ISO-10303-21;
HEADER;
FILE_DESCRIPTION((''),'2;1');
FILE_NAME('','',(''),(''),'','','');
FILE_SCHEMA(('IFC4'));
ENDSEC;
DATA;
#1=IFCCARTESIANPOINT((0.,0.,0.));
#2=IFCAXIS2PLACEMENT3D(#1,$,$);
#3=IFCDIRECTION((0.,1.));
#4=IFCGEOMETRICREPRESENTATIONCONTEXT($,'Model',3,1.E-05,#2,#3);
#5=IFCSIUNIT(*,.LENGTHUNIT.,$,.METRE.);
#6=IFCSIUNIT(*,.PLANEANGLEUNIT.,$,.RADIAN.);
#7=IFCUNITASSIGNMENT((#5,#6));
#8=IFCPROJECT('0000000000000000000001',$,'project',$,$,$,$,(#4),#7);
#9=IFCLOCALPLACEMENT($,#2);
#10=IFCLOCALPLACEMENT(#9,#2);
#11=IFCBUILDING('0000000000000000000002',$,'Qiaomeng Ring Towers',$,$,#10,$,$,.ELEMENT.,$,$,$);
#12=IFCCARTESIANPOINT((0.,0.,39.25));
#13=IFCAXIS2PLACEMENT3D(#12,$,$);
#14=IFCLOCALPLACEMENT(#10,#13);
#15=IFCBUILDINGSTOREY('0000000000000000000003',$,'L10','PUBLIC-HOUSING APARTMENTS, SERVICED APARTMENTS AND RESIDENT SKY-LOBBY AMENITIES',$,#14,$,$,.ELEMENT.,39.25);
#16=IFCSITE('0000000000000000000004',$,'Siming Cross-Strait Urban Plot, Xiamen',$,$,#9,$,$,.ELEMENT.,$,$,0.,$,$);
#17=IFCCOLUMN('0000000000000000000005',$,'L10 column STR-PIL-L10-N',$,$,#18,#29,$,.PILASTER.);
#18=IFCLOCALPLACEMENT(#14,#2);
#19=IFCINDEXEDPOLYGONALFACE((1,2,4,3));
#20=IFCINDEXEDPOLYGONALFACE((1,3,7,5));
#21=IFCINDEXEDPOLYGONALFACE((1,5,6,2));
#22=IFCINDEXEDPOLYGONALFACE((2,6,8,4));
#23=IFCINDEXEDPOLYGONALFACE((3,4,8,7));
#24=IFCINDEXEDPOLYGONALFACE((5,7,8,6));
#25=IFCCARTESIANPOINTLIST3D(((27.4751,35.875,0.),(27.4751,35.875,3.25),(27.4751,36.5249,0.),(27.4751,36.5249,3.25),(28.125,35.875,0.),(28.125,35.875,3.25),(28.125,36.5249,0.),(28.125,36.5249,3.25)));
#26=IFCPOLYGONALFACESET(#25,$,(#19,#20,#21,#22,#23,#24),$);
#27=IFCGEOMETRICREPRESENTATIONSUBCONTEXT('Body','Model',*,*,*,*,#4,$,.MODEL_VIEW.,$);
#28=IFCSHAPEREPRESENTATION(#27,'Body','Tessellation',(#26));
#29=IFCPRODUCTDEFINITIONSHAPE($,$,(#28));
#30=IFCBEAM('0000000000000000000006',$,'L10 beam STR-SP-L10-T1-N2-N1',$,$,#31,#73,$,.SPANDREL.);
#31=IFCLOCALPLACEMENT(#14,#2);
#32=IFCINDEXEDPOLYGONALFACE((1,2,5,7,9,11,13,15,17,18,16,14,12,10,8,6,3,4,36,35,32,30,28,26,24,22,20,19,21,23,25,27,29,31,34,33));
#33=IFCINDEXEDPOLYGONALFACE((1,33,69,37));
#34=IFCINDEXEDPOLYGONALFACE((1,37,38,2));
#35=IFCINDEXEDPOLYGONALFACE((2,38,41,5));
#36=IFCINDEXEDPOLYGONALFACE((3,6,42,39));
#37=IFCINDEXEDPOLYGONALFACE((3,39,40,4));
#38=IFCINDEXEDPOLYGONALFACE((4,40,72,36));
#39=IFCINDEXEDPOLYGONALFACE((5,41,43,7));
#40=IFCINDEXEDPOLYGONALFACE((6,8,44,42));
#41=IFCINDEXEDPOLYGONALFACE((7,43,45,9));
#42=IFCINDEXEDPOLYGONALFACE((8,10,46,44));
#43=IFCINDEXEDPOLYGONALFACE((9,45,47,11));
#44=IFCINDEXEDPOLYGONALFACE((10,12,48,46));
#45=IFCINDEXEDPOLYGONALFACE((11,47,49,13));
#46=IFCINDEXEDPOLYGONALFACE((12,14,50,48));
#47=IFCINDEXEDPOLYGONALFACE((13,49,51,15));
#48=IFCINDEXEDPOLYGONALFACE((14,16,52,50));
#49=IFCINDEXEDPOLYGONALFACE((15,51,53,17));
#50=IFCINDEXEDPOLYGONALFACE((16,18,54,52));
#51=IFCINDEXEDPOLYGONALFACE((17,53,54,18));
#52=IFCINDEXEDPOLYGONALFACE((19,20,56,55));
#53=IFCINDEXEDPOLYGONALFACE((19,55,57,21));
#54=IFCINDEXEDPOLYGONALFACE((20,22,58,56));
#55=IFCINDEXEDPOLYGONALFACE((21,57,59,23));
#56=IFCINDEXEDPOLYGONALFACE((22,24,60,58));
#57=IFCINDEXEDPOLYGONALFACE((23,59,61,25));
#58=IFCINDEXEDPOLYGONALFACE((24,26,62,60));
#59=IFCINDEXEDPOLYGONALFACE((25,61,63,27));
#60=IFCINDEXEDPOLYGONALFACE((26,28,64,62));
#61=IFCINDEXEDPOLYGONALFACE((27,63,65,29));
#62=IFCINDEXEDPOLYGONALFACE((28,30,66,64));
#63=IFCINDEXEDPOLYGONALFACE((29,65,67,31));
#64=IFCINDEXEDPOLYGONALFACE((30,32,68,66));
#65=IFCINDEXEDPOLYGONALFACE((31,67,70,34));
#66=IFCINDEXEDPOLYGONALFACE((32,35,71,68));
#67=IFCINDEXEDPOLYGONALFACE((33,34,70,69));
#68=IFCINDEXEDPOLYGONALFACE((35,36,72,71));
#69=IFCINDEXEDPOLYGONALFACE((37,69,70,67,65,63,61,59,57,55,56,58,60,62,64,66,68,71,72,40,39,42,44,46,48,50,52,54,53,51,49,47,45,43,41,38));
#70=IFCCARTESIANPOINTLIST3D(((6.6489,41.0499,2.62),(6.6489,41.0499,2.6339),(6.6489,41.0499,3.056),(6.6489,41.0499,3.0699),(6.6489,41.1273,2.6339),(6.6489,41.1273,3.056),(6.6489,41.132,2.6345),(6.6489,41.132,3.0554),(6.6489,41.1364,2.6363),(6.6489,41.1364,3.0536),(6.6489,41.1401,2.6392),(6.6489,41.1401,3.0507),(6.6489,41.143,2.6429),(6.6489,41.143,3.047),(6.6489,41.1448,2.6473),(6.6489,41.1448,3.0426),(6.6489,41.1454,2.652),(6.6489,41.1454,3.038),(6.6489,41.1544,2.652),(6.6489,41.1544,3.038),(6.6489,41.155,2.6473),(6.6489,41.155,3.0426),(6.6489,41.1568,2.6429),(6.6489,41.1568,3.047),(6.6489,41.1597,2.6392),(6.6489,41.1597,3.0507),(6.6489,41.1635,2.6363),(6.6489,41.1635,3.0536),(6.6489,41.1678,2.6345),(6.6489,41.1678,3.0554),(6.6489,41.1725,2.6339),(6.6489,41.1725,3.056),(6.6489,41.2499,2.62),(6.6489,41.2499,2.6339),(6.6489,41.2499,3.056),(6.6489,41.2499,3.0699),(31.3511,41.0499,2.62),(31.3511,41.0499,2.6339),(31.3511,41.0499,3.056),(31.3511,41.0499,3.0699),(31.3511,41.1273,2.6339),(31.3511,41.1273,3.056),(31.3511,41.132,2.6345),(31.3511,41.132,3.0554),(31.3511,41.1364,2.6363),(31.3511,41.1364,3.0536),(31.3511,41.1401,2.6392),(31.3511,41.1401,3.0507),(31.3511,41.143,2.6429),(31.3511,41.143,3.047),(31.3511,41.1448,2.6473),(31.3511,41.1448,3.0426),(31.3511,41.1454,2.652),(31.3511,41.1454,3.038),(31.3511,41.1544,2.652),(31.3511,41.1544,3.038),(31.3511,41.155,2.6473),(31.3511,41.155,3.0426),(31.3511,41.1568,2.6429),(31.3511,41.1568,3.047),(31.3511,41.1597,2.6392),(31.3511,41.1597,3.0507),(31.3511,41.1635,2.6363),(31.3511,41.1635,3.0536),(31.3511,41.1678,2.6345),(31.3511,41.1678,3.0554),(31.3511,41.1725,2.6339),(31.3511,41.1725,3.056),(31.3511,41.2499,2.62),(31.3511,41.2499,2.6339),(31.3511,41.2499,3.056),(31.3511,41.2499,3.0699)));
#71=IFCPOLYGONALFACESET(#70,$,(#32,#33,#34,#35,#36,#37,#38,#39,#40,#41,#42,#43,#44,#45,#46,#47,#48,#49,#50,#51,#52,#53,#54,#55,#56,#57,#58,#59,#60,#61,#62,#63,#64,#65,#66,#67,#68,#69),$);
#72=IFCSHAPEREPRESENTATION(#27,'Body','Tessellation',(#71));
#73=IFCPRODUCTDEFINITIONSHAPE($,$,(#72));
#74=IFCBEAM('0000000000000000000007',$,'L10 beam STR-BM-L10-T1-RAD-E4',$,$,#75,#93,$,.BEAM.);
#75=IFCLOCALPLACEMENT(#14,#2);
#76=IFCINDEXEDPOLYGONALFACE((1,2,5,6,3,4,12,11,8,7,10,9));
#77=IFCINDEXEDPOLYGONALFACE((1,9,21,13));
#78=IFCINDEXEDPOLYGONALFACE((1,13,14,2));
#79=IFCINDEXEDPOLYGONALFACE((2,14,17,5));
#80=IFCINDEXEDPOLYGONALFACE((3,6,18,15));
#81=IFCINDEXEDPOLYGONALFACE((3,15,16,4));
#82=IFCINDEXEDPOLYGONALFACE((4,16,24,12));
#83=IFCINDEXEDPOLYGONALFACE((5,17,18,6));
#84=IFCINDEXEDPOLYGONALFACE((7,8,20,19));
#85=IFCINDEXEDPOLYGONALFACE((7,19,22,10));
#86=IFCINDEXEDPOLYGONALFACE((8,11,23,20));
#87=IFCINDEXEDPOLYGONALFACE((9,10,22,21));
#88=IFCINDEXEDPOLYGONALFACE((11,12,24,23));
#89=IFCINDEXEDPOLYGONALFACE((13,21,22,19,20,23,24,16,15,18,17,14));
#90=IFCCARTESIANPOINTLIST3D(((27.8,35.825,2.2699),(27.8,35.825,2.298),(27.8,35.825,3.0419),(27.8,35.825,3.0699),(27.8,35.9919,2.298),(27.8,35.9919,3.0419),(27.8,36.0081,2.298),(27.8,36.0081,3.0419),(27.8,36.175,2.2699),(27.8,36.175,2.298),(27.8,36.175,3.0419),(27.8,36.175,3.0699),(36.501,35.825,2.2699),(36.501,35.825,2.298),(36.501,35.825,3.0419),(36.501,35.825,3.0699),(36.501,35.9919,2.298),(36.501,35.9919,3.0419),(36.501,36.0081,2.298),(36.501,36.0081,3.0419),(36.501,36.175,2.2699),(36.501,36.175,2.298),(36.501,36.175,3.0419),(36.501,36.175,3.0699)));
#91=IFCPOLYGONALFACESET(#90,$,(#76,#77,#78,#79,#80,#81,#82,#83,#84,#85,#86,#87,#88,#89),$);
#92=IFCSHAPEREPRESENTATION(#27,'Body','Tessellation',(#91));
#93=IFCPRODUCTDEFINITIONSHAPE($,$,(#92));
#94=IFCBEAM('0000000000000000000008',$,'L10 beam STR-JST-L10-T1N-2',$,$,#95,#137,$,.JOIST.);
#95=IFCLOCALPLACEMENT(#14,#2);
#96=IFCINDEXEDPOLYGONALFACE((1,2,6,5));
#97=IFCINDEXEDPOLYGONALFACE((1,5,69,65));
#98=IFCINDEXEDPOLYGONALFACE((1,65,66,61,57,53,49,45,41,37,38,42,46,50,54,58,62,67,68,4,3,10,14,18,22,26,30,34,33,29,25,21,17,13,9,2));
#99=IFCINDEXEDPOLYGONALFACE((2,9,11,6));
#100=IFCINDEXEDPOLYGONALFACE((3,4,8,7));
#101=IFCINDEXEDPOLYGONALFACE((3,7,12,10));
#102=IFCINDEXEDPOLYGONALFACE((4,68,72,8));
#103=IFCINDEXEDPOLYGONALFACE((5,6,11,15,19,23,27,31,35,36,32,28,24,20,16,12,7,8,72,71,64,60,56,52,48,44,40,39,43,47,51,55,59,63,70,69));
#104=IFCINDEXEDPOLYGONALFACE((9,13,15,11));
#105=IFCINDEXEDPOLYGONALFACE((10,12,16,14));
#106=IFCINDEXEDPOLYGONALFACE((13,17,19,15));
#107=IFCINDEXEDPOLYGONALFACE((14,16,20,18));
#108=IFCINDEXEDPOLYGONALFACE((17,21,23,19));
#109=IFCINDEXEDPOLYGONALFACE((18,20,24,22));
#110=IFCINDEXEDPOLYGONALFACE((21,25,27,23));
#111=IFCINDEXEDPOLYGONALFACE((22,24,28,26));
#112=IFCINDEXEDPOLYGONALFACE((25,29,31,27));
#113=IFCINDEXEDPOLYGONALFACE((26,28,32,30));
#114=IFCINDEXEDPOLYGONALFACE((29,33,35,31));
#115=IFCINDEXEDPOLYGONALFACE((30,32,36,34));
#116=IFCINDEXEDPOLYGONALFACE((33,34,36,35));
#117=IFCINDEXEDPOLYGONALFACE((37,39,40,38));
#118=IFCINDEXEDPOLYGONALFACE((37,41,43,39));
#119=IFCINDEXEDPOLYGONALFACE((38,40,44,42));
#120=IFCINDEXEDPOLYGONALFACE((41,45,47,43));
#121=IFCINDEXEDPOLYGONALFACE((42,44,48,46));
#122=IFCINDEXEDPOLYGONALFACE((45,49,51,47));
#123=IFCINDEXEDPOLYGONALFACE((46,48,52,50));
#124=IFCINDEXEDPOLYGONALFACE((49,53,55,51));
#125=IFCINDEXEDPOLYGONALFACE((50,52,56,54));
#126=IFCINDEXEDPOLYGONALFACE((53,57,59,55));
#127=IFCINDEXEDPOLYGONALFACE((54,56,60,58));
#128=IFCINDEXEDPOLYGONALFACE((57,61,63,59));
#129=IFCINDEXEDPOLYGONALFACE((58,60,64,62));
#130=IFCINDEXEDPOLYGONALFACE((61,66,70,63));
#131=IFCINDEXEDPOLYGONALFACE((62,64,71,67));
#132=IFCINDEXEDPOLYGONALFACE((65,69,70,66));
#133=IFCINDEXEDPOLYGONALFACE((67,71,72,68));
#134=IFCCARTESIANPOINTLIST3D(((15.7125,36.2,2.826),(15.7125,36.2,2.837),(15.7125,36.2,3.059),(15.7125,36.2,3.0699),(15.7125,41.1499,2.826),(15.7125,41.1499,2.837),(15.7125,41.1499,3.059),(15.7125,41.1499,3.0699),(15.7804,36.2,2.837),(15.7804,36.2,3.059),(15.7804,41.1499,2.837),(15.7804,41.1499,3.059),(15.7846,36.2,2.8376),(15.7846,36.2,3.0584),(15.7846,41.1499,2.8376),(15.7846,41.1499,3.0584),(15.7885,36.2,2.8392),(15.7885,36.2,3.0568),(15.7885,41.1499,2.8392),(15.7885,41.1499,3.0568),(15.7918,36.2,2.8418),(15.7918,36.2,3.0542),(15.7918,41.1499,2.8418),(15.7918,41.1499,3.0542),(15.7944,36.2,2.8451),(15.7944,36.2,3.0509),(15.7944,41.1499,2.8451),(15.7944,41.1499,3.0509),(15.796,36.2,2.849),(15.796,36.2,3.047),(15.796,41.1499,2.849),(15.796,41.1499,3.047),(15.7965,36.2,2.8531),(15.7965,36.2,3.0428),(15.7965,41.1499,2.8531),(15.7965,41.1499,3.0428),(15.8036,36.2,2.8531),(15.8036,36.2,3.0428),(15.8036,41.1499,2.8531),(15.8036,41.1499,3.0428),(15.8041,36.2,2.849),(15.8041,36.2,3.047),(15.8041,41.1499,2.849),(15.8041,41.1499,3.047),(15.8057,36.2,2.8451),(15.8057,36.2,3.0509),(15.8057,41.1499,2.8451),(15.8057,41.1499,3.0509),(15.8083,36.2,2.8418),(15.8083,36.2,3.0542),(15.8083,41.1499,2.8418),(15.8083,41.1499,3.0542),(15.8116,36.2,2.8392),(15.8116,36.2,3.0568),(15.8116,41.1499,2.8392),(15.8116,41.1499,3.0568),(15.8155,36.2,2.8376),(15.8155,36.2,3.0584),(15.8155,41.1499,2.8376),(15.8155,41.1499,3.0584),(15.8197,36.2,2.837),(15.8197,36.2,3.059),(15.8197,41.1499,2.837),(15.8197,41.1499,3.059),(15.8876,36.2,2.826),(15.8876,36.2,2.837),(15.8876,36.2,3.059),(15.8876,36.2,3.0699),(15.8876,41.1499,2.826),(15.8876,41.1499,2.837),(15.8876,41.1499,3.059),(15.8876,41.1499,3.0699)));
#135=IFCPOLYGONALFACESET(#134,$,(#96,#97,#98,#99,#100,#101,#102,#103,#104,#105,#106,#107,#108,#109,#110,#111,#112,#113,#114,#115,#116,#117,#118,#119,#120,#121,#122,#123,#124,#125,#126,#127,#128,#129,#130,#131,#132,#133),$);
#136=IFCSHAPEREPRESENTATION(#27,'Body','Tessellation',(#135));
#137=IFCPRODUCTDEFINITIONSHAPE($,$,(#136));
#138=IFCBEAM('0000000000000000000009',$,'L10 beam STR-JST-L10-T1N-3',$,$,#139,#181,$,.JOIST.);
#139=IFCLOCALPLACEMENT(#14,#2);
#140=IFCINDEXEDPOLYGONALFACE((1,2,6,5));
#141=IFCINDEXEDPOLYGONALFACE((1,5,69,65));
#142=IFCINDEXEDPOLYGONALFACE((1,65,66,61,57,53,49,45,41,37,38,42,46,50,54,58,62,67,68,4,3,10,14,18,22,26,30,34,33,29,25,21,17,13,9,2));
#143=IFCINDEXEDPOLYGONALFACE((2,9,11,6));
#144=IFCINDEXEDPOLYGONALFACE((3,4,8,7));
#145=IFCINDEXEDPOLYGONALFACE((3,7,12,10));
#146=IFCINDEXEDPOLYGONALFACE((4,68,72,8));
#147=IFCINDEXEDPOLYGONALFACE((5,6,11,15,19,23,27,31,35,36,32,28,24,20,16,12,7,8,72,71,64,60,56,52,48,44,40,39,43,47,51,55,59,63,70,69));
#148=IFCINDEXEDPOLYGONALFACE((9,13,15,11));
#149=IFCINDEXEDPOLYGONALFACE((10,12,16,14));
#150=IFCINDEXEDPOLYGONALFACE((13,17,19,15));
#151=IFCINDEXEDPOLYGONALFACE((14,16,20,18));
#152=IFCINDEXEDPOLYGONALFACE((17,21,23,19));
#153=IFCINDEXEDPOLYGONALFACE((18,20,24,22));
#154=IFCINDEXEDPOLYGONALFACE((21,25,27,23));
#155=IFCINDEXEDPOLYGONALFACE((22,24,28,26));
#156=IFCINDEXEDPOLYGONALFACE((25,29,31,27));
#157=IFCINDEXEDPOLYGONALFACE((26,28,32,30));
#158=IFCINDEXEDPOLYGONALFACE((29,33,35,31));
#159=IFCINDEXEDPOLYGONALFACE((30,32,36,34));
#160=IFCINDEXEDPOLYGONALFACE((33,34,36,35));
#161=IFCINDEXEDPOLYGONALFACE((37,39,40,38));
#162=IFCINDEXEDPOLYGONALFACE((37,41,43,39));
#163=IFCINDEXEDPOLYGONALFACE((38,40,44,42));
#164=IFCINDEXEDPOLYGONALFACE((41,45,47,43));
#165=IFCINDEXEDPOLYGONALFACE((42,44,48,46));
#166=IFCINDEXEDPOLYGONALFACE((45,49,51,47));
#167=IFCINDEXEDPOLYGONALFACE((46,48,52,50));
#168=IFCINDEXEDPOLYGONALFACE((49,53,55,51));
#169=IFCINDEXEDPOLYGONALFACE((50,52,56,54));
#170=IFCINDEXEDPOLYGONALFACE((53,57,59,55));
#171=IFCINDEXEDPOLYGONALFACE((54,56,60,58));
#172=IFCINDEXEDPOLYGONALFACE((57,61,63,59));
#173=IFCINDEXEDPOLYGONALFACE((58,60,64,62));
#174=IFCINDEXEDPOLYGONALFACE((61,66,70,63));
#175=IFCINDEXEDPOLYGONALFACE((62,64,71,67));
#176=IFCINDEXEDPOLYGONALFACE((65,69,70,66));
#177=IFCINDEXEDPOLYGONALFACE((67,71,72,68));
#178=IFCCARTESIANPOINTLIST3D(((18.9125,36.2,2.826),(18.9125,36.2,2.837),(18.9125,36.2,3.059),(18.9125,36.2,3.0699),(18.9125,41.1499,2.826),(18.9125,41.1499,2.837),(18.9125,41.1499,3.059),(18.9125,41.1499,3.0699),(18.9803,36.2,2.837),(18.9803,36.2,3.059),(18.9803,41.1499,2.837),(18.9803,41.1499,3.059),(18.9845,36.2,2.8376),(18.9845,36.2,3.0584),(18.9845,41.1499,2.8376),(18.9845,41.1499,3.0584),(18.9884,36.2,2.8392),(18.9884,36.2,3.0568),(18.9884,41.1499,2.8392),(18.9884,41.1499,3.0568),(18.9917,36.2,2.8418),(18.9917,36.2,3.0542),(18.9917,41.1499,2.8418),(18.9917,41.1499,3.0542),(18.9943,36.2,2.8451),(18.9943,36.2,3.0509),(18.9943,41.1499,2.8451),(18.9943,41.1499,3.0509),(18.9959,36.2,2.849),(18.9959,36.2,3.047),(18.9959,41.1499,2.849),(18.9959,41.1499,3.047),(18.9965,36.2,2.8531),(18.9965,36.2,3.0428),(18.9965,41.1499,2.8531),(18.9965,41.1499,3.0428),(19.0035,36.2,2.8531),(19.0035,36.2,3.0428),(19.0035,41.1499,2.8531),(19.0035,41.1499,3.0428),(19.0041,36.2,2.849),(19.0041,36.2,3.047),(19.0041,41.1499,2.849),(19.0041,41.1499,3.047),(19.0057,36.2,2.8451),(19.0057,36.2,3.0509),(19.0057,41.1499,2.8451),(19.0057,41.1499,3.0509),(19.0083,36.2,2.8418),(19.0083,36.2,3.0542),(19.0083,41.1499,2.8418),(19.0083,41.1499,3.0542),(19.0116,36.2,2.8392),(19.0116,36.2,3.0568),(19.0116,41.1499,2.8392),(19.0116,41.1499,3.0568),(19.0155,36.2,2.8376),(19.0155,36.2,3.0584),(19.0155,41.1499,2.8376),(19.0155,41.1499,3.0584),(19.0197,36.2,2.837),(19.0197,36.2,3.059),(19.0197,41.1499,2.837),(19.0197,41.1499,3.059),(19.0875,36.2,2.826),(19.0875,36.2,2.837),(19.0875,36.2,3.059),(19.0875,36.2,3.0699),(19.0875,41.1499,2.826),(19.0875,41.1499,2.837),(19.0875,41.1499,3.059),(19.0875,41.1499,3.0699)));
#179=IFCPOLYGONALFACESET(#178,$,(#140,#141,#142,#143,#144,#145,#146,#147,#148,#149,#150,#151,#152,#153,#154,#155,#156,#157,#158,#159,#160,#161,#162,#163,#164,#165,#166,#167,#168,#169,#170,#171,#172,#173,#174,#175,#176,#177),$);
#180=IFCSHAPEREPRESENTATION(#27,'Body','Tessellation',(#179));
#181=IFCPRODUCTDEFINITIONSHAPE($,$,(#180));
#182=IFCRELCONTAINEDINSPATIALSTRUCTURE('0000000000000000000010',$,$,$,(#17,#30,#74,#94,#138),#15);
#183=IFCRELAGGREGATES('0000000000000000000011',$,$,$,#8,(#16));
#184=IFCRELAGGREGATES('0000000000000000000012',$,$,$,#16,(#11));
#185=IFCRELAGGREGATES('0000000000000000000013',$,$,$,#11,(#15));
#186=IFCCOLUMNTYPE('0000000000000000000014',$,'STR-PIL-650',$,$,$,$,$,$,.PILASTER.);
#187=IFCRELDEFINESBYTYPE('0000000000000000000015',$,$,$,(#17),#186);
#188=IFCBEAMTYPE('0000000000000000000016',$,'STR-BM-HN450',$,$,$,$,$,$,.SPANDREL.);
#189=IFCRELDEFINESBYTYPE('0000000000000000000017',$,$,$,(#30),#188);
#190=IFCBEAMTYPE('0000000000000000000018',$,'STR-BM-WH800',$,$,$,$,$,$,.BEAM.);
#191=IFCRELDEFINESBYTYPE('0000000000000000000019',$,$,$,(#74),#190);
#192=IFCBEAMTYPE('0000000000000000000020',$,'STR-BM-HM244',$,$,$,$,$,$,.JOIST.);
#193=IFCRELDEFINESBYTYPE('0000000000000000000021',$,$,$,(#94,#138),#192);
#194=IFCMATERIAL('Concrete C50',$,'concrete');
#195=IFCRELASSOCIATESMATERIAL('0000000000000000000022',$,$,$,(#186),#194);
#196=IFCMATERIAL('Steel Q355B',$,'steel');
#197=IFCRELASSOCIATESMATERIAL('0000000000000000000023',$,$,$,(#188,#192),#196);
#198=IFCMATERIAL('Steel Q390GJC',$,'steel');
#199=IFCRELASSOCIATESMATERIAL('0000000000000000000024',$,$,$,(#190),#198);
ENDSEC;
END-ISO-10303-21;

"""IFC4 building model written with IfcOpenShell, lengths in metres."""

from ifc_helpers import new_model, si_unit, direction, frame, origin, origin_2d, place, context, subcontext, project, spatial, rectangle, i_section, extrude, source, transform, mapped, material, material_profile, profile_set, type_object, element, save


model = new_model("IFC4")

# Units and contexts
model_context = context("Model", 3, precision=1e-05, world=origin(), true_north=direction((0.0, 1.0)))
body_context = subcontext(model_context, "Body", "Model", "MODEL_VIEW")
ifc_project = project(units=[si_unit("LENGTHUNIT", "METRE"), si_unit("PLANEANGLEUNIT", "RADIAN")], contexts=[model_context])

# Site, building, storey
site_placement = place(None, origin())
site = spatial("IfcSite", under=ifc_project, at=site_placement, Name="Siming Cross-Strait Urban Plot, Xiamen", CompositionType="ELEMENT", RefElevation=0.0)
building_placement = place(site_placement, origin())
building = spatial("IfcBuilding", under=site, at=building_placement, Name="Qiaomeng Ring Towers", CompositionType="ELEMENT")
storey_placement = place(building_placement, frame((0.0, 0.0, 39.25)))
storey = spatial("IfcBuildingStorey", under=building, at=storey_placement, Name="L10", Description="PUBLIC-HOUSING APARTMENTS, SERVICED APARTMENTS AND RESIDENT SKY-LOBBY AMENITIES", CompositionType="ELEMENT", Elevation=39.25)

# Column
ifc_material_1 = material(Name="Concrete C50", Category="concrete")
ifc_material_profile_1 = material_profile(ifc_material_1, rectangle(XDim=0.6499, YDim=0.6499, at=origin_2d()), Name="RC COL 650x650")
ifc_profile_set_1 = profile_set([ifc_material_profile_1], Name="Concrete C50")
column_type = type_object("IfcColumnType", Name="STR-PIL-650", PredefinedType="PILASTER", material=ifc_profile_set_1)
shared_shape_1 = source(origin(), body_context, "Body", "SweptSolid", [
    extrude(rectangle(XDim=0.6499, YDim=0.6499, at=origin_2d()), origin(), (0.0, 0.0, 1.0), 3.25),
])
column_placement = place(storey_placement, frame((27.8, 36.2, 0.0), z_axis=(0.0, 0.0, 1.0), x_axis=(1.0, 0.0, 0.0)))
element("IfcColumn", 1, at=column_placement, inside=storey, type_object=column_type, Name="L10 column STR-PIL-L10-N", PredefinedType="PILASTER", context=body_context, shape_type="MappedRepresentation", body=[
    mapped(shared_shape_1, transform((0.0, 0.0, 0.0), x_axis=(1.0, 0.0, 0.0), y_axis=(0.0, 1.0, 0.0), z_axis=(0.0, 0.0, 1.0), scale=1.0)),
])

# Beams
ifc_material_2 = material(Name="Steel Q355B", Category="steel")
ifc_material_profile_2 = material_profile(ifc_material_2, i_section(OverallWidth=0.2, OverallDepth=0.45, WebThickness=0.009, FlangeThickness=0.0139, FilletRadius=0.0181, at=origin_2d()), Name="HN 450x200x9x14")
ifc_profile_set_2 = profile_set([ifc_material_profile_2], Name="Steel Q355B")
beam_type_1 = type_object("IfcBeamType", Name="STR-BM-HN450", PredefinedType="SPANDREL", material=ifc_profile_set_2)
shared_shape_2 = source(origin(), body_context, "Body", "SweptSolid", [
    extrude(i_section(OverallWidth=0.2, OverallDepth=0.45, WebThickness=0.009, FlangeThickness=0.0139, FilletRadius=0.0181, at=origin_2d()), origin(), (0.0, 0.0, 1.0), 24.7021),
])
beam_1_placement = place(storey_placement, frame((31.3511, 41.1499, 2.845), z_axis=(-1.0, 0.0, 0.0), x_axis=(0.0, -1.0, 0.0)))
element("IfcBeam", 2, at=beam_1_placement, inside=storey, type_object=beam_type_1, Name="L10 beam STR-SP-L10-T1-N2-N1", PredefinedType="SPANDREL", context=body_context, shape_type="MappedRepresentation", body=[
    mapped(shared_shape_2, transform((0.0, 0.0, 0.0), x_axis=(1.0, 0.0, 0.0), y_axis=(0.0, 1.0, 0.0), z_axis=(0.0, 0.0, 1.0), scale=1.0)),
])
ifc_material_3 = material(Name="Steel Q390GJC", Category="steel")
ifc_material_profile_3 = material_profile(ifc_material_3, i_section(OverallWidth=0.3501, OverallDepth=0.8, WebThickness=0.0161, FlangeThickness=0.0281, at=origin_2d()), Name="WH 800x350x16x28")
ifc_profile_set_3 = profile_set([ifc_material_profile_3], Name="Steel Q390GJC")
beam_type_2 = type_object("IfcBeamType", Name="STR-BM-WH800", PredefinedType="BEAM", material=ifc_profile_set_3)
shared_shape_3 = source(origin(), body_context, "Body", "SweptSolid", [
    extrude(i_section(OverallWidth=0.3501, OverallDepth=0.8, WebThickness=0.0161, FlangeThickness=0.0281, at=origin_2d()), origin(), (0.0, 0.0, 1.0), 8.7009),
])
beam_2_placement = place(storey_placement, frame((27.8, 36.0, 2.6699), z_axis=(1.0, 0.0, 0.0), x_axis=(0.0, 1.0, 0.0)))
element("IfcBeam", 3, at=beam_2_placement, inside=storey, type_object=beam_type_2, Name="L10 beam STR-BM-L10-T1-RAD-E4", PredefinedType="BEAM", context=body_context, shape_type="MappedRepresentation", body=[
    mapped(shared_shape_3, transform((0.0, 0.0, 0.0), x_axis=(1.0, 0.0, 0.0), y_axis=(0.0, 1.0, 0.0), z_axis=(0.0, 0.0, 1.0), scale=1.0)),
])
ifc_material_profile_4 = material_profile(ifc_material_2, i_section(OverallWidth=0.175, OverallDepth=0.2439, WebThickness=0.0071, FlangeThickness=0.011, FilletRadius=0.0161, at=origin_2d()), Name="HM 244x175x7x11")
ifc_profile_set_4 = profile_set([ifc_material_profile_4], Name="Steel Q355B")
beam_type_3 = type_object("IfcBeamType", Name="STR-BM-HM244", PredefinedType="JOIST", material=ifc_profile_set_4)
shared_shape_4 = source(origin(), body_context, "Body", "SweptSolid", [
    extrude(i_section(OverallWidth=0.175, OverallDepth=0.2439, WebThickness=0.0071, FlangeThickness=0.011, FilletRadius=0.0161, at=origin_2d()), origin(), (0.0, 0.0, 1.0), 4.95),
])
for number, where, z_axis, x_axis, name in (
    (4, (15.8, 36.2, 2.948), (0.0, 1.0, 0.0), (-1.0, 0.0, 0.0), "L10 beam STR-JST-L10-T1N-2"),
    (5, (19.0, 36.2, 2.948), (0.0, 1.0, 0.0), (-1.0, 0.0, 0.0), "L10 beam STR-JST-L10-T1N-3"),
):
    element("IfcBeam", number, at=place(storey_placement, frame(where, z_axis=z_axis, x_axis=x_axis)), inside=storey, type_object=beam_type_3, Name=name, PredefinedType="JOIST", context=body_context, shape_type="MappedRepresentation", body=[
        mapped(shared_shape_4, transform((0.0, 0.0, 0.0), x_axis=(1.0, 0.0, 0.0), y_axis=(0.0, 1.0, 0.0), z_axis=(0.0, 0.0, 1.0), scale=1.0)),
    ])

save(model, "model.ifc")
